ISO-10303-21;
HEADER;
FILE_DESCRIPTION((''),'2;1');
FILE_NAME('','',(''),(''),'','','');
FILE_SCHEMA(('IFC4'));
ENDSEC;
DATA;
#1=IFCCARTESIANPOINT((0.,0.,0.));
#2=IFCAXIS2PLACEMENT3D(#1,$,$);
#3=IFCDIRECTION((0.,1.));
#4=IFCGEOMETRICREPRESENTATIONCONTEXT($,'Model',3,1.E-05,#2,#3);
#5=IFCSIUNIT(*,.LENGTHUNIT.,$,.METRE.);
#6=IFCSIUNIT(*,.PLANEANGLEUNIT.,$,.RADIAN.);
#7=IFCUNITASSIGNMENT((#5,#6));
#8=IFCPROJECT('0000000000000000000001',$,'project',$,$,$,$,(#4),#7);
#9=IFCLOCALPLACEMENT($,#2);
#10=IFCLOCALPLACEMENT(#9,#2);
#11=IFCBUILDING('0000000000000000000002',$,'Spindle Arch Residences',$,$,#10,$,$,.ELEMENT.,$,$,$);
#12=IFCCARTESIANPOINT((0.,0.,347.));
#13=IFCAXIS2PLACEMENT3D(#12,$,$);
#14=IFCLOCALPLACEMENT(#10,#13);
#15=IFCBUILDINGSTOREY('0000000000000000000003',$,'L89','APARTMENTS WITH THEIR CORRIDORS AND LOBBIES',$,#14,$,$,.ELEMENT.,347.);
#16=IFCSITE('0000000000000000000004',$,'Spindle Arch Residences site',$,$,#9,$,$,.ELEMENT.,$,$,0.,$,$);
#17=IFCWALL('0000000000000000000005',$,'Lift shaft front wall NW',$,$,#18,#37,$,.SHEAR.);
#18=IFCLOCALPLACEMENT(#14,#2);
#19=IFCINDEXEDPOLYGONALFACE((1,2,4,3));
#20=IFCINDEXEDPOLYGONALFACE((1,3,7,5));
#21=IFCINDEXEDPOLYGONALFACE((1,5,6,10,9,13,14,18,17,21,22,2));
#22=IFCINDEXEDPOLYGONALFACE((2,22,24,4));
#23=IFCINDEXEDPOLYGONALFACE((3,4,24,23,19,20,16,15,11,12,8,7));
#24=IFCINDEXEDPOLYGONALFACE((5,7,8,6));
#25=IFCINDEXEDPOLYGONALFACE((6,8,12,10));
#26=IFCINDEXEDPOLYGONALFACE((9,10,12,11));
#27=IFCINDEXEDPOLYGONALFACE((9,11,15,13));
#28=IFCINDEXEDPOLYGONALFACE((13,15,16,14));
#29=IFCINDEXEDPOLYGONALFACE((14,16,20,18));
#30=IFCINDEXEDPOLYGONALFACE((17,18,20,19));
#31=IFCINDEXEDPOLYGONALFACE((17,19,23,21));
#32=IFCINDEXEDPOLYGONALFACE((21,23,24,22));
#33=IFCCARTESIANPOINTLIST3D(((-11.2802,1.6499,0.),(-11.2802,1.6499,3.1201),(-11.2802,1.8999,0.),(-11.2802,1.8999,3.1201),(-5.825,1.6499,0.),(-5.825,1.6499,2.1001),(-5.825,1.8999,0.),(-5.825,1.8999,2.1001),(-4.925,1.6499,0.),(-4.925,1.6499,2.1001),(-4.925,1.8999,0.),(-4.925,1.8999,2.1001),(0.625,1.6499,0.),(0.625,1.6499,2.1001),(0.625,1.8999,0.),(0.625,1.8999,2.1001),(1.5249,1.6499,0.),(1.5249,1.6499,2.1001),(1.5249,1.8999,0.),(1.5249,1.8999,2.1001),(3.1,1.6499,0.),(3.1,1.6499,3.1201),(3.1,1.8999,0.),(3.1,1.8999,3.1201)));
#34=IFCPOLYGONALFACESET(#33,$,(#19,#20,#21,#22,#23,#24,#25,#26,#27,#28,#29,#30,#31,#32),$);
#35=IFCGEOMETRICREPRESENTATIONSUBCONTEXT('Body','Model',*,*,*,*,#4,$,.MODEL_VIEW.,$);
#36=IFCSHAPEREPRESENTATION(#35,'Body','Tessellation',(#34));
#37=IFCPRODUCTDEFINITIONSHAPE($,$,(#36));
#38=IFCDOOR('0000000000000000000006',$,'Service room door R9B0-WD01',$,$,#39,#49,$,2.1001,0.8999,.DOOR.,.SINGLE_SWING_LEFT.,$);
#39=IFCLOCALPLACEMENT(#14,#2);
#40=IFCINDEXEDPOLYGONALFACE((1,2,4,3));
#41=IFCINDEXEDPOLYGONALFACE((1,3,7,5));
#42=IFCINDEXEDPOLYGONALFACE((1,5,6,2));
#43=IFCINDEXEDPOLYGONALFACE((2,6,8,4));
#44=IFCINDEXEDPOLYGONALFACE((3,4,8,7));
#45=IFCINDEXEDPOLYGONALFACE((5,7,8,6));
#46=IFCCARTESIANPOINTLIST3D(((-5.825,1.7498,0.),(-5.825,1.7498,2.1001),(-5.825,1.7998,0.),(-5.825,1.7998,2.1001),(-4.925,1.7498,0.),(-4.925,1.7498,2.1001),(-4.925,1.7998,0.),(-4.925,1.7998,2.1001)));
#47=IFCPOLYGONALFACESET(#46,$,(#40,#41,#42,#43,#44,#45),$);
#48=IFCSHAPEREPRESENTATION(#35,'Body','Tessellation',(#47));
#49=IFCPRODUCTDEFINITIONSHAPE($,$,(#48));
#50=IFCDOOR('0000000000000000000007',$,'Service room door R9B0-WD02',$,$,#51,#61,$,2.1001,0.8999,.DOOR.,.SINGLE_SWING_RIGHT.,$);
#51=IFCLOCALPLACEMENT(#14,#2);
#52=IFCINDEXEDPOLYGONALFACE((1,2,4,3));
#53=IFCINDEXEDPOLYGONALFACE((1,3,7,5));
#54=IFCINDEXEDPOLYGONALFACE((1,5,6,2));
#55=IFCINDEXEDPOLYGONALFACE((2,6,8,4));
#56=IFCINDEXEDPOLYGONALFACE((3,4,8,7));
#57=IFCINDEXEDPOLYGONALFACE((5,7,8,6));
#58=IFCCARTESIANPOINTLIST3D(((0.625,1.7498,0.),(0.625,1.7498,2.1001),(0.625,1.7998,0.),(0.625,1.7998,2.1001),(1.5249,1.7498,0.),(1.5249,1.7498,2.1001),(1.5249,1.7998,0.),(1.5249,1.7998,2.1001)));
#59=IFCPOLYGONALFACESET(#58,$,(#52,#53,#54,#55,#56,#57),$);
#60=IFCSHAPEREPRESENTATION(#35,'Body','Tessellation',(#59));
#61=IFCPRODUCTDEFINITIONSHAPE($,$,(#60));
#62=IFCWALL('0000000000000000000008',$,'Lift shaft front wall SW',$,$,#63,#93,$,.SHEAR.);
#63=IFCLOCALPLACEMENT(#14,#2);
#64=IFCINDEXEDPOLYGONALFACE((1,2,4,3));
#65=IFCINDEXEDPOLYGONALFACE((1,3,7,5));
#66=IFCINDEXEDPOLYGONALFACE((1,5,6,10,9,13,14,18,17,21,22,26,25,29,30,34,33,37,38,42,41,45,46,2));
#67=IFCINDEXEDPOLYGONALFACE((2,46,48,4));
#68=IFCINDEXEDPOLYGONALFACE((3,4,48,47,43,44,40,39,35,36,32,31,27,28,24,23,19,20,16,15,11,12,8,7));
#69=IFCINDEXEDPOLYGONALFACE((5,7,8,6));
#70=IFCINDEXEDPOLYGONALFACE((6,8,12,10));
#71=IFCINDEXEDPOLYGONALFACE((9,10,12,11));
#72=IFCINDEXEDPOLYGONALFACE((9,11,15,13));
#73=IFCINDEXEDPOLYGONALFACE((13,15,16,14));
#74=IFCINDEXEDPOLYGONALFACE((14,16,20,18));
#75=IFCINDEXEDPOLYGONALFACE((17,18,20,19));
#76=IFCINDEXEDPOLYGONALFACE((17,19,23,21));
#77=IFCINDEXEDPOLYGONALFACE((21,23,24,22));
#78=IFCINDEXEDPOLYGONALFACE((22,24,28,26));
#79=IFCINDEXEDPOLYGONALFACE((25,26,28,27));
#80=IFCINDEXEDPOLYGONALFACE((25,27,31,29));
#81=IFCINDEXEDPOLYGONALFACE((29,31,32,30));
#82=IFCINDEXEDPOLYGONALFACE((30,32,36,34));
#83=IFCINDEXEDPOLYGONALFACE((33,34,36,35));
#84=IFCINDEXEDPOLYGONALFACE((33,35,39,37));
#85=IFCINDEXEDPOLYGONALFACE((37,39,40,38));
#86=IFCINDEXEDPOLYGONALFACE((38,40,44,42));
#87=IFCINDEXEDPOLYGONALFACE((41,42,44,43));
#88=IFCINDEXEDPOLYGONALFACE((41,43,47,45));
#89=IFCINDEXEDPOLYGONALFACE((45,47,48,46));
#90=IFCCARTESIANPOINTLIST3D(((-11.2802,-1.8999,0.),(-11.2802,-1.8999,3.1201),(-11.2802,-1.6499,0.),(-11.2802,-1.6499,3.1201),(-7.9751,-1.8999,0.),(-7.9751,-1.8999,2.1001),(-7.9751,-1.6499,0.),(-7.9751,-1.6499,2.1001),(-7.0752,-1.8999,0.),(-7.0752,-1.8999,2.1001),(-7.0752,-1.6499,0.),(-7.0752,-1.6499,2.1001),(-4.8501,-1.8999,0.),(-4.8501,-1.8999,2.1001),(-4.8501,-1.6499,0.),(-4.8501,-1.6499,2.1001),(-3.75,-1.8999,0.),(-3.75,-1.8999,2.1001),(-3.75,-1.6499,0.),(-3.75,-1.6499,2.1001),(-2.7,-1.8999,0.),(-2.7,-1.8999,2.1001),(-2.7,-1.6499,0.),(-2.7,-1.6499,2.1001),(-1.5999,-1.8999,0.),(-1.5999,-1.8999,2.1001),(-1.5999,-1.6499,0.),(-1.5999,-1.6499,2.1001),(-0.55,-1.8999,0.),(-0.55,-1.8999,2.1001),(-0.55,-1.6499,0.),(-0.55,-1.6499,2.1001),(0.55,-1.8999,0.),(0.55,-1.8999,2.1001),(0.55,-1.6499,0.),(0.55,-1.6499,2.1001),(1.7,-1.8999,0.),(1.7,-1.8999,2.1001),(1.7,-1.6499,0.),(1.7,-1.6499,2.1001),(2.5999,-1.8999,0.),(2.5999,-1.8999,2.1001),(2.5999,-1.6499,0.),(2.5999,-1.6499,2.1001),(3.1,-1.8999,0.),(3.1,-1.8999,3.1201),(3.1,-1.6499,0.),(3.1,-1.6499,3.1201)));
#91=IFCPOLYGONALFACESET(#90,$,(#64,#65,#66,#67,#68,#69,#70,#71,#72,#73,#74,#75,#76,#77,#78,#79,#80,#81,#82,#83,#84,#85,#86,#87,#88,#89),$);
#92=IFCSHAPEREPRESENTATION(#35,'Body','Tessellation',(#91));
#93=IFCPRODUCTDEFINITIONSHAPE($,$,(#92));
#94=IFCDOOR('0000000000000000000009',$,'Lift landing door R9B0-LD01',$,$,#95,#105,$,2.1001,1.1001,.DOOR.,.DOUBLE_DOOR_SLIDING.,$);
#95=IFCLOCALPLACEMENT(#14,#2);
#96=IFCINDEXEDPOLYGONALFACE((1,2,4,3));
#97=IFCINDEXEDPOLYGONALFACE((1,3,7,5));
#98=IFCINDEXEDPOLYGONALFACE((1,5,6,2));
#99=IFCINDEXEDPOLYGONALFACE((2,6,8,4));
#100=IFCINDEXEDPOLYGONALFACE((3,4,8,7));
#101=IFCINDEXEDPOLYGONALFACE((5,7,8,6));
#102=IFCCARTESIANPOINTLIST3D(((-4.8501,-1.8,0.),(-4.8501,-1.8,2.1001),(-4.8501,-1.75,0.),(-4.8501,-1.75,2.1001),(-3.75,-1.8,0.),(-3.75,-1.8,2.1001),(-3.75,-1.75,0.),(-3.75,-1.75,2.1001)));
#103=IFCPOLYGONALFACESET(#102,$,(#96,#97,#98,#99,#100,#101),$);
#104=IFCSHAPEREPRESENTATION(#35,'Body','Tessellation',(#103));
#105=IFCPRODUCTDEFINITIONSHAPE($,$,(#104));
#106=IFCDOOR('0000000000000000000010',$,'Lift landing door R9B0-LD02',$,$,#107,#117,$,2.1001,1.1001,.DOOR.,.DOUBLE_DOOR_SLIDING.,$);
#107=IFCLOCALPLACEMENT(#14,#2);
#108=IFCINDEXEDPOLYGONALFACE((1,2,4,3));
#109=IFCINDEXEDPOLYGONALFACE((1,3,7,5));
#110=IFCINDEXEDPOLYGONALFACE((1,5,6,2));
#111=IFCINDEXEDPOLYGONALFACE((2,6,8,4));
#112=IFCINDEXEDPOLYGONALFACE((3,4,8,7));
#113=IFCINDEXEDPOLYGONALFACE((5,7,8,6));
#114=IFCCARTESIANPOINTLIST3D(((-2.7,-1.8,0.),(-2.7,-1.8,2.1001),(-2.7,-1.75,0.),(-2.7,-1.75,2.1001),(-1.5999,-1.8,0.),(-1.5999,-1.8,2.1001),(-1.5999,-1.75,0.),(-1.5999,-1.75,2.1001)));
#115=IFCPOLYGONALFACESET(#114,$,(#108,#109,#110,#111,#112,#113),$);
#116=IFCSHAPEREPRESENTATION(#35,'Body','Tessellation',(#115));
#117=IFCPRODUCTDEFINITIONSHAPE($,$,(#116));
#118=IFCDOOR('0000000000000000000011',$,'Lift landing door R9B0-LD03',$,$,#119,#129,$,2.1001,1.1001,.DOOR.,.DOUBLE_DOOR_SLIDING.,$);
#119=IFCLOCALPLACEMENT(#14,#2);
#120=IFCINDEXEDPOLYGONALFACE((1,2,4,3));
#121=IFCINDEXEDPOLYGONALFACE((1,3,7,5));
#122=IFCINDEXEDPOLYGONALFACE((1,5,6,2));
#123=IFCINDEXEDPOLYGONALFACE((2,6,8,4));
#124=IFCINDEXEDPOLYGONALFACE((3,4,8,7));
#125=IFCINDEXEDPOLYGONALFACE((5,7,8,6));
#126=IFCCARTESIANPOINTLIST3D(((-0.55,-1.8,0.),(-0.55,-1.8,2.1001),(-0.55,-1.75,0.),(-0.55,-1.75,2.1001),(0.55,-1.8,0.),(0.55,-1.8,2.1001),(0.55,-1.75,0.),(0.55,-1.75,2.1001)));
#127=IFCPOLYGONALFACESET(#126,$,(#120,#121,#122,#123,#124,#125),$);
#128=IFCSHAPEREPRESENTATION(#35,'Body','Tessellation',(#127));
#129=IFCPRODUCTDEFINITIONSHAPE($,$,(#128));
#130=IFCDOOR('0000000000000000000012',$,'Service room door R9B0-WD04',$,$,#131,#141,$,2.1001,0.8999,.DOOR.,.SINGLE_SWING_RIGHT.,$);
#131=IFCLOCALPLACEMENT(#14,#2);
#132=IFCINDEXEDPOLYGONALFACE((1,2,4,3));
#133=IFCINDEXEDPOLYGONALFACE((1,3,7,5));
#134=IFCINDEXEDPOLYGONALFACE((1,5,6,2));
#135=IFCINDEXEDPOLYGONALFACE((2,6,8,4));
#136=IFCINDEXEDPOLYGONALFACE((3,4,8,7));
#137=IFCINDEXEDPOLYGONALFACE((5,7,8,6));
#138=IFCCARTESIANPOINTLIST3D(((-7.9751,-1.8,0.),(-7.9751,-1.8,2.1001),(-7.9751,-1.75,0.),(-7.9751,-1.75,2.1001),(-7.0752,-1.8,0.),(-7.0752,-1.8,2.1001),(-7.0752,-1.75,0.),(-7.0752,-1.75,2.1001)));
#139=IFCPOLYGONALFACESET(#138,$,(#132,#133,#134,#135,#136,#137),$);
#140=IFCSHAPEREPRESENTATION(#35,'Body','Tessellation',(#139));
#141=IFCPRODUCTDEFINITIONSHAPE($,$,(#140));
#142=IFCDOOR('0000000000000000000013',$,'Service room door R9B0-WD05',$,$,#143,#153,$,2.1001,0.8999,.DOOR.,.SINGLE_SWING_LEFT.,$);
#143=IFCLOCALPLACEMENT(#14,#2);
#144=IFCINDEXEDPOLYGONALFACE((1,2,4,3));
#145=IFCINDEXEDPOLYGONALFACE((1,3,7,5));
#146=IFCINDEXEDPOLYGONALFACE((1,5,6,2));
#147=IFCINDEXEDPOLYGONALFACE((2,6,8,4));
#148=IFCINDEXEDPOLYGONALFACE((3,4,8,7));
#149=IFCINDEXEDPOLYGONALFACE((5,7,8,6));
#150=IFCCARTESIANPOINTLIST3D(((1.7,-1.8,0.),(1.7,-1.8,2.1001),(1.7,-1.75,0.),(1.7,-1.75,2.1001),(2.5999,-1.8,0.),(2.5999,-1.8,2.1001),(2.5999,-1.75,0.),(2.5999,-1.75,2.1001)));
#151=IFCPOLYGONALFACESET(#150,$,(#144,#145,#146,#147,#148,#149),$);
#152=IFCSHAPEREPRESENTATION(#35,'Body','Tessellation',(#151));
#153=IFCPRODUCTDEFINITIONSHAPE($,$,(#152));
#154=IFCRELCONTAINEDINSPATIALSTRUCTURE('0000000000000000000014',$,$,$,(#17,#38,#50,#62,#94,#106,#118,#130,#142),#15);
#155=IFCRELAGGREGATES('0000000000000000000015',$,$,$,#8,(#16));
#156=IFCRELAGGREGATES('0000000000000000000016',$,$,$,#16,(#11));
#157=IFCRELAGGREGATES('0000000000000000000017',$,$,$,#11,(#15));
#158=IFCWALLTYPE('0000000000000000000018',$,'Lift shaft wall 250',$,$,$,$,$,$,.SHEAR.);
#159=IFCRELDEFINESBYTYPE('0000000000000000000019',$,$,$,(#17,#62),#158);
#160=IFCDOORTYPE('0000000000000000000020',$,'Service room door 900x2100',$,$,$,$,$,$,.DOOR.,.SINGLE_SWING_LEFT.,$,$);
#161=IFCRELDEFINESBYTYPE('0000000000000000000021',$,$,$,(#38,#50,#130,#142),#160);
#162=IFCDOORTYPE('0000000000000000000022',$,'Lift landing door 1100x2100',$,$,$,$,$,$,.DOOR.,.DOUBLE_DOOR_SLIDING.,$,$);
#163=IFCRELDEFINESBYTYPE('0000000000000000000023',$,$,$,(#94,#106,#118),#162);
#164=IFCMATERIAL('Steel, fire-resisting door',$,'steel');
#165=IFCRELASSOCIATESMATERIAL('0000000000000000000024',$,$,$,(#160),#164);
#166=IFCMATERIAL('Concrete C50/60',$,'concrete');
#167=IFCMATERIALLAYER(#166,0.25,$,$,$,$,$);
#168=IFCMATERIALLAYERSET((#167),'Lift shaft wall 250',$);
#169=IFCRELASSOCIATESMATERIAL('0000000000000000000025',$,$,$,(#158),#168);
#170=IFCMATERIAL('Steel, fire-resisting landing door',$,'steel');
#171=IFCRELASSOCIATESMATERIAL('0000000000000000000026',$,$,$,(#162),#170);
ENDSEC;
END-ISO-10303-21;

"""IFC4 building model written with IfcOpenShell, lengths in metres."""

from ifc_helpers import new_model, si_unit, direction, frame, frame_2d, origin, place, context, subcontext, project, spatial, rectangle, extrude, material, layer, layer_set, type_object, element, fill, save


model = new_model("IFC4")

# Units and contexts
model_context = context("Model", 3, precision=1e-05, world=origin(), true_north=direction((0.0, 1.0)))
body_context = subcontext(model_context, "Body", "Model", "MODEL_VIEW")
ifc_project = project(units=[si_unit("LENGTHUNIT", "METRE"), si_unit("PLANEANGLEUNIT", "RADIAN")], contexts=[model_context])

# Site, building, storey
site_placement = place(None, origin())
site = spatial("IfcSite", under=ifc_project, at=site_placement, Name="Spindle Arch Residences site", CompositionType="ELEMENT", RefElevation=0.0)
building_placement = place(site_placement, origin())
building = spatial("IfcBuilding", under=site, at=building_placement, Name="Spindle Arch Residences", CompositionType="ELEMENT")
storey_placement = place(building_placement, frame((0.0, 0.0, 347.0)))
storey = spatial("IfcBuildingStorey", under=building, at=storey_placement, Name="L89", Description="APARTMENTS WITH THEIR CORRIDORS AND LOBBIES", CompositionType="ELEMENT", Elevation=347.0)

# Shared definitions
ifc_material_1 = material(Name="Steel, fire-resisting door", Category="steel")
door_type_1 = type_object("IfcDoorType", Name="Service room door 900x2100", OperationType="SINGLE_SWING_LEFT", PredefinedType="DOOR", material=ifc_material_1)

# Walls, openings, doors
ifc_material_2 = material(Name="Concrete C50/60", Category="concrete")
ifc_layer_1 = layer(ifc_material_2, 0.25)
ifc_layer_set_1 = layer_set([ifc_layer_1], Name="Lift shaft wall 250")
wall_type_1 = type_object("IfcWallType", Name="Lift shaft wall 250", PredefinedType="SHEAR", material=ifc_layer_set_1)
wall_1_placement = place(storey_placement, frame((-11.28, 1.7749, 0.0), z_axis=(0.0, 0.0, 1.0), x_axis=(1.0, 0.0, 0.0)))
wall_1 = element("IfcWall", 1, at=wall_1_placement, inside=storey, type_object=wall_type_1, Name="Lift shaft front wall NW", PredefinedType="SHEAR", context=body_context, shape_type="SweptSolid", body=[
    extrude(rectangle(XDim=14.3801, YDim=0.25, at=frame_2d((7.1899, 0.0))), origin(), (0.0, 0.0, 1.0), 3.1201),
])
opening_1_placement = place(wall_1_placement, frame((5.4551, 0.0, 0.0)))
opening_1 = element("IfcOpeningElement", 2, at=opening_1_placement, cuts=wall_1, PredefinedType="OPENING", context=body_context, shape_type="SweptSolid", body=[
    extrude(rectangle(XDim=0.8999, YDim=2.1001, at=frame_2d((0.45, 1.05))), frame((0.0, 0.135, 0.0), z_axis=(0.0, -1.0, 0.0), x_axis=(1.0, 0.0, 0.0)), (0.0, 0.0, 1.0), 0.27),
])
opening_2_placement = place(wall_1_placement, frame((11.905, 0.0, 0.0)))
opening_2 = element("IfcOpeningElement", 3, at=opening_2_placement, cuts=wall_1, PredefinedType="OPENING", context=body_context, shape_type="SweptSolid", body=[
    extrude(rectangle(XDim=0.8999, YDim=2.1001, at=frame_2d((0.45, 1.05))), frame((0.0, 0.135, 0.0), z_axis=(0.0, -1.0, 0.0), x_axis=(1.0, 0.0, 0.0)), (0.0, 0.0, 1.0), 0.27),
])
door_1_placement = place(opening_1_placement, origin())
door_1 = element("IfcDoor", 4, at=door_1_placement, inside=storey, type_object=door_type_1, Name="Service room door R9B0-WD01", OperationType="SINGLE_SWING_LEFT", OverallHeight=2.1001, OverallWidth=0.8999, PredefinedType="DOOR", context=body_context, shape_type="SweptSolid", body=[
    extrude(rectangle(XDim=0.8999, YDim=2.1001, at=frame_2d((0.45, 1.05))), frame((0.0, 0.0249, 0.0), z_axis=(0.0, -1.0, 0.0), x_axis=(1.0, 0.0, 0.0)), (0.0, 0.0, 1.0), 0.05),
])
fill(opening_1, door_1)
door_2_placement = place(opening_2_placement, origin())
door_2 = element("IfcDoor", 5, at=door_2_placement, inside=storey, type_object=door_type_1, Name="Service room door R9B0-WD02", OperationType="SINGLE_SWING_RIGHT", OverallHeight=2.1001, OverallWidth=0.8999, PredefinedType="DOOR", context=body_context, shape_type="SweptSolid", body=[
    extrude(rectangle(XDim=0.8999, YDim=2.1001, at=frame_2d((0.45, 1.05))), frame((0.0, 0.0249, 0.0), z_axis=(0.0, -1.0, 0.0), x_axis=(1.0, 0.0, 0.0)), (0.0, 0.0, 1.0), 0.05),
])
fill(opening_2, door_2)
wall_2_placement = place(storey_placement, frame((-11.28, -1.7749, 0.0), z_axis=(0.0, 0.0, 1.0), x_axis=(1.0, 0.0, 0.0)))
wall_2 = element("IfcWall", 6, at=wall_2_placement, inside=storey, type_object=wall_type_1, Name="Lift shaft front wall SW", PredefinedType="SHEAR", context=body_context, shape_type="SweptSolid", body=[
    extrude(rectangle(XDim=14.3801, YDim=0.25, at=frame_2d((7.1899, 0.0))), origin(), (0.0, 0.0, 1.0), 3.1201),
])
opening_3_placement = place(wall_2_placement, frame((6.4299, 0.0, 0.0)))
opening_3 = element("IfcOpeningElement", 7, at=opening_3_placement, cuts=wall_2, PredefinedType="OPENING", context=body_context, shape_type="SweptSolid", body=[
    extrude(rectangle(XDim=1.1001, YDim=2.1001, at=frame_2d((0.55, 1.05))), frame((0.0, 0.135, 0.0), z_axis=(0.0, -1.0, 0.0), x_axis=(1.0, 0.0, 0.0)), (0.0, 0.0, 1.0), 0.27),
])
opening_4_placement = place(wall_2_placement, frame((8.5801, 0.0, 0.0)))
opening_4 = element("IfcOpeningElement", 8, at=opening_4_placement, cuts=wall_2, PredefinedType="OPENING", context=body_context, shape_type="SweptSolid", body=[
    extrude(rectangle(XDim=1.1001, YDim=2.1001, at=frame_2d((0.55, 1.05))), frame((0.0, 0.135, 0.0), z_axis=(0.0, -1.0, 0.0), x_axis=(1.0, 0.0, 0.0)), (0.0, 0.0, 1.0), 0.27),
])
opening_5_placement = place(wall_2_placement, frame((10.73, 0.0, 0.0)))
opening_5 = element("IfcOpeningElement", 9, at=opening_5_placement, cuts=wall_2, PredefinedType="OPENING", context=body_context, shape_type="SweptSolid", body=[
    extrude(rectangle(XDim=1.1001, YDim=2.1001, at=frame_2d((0.55, 1.05))), frame((0.0, 0.135, 0.0), z_axis=(0.0, -1.0, 0.0), x_axis=(1.0, 0.0, 0.0)), (0.0, 0.0, 1.0), 0.27),
])
opening_6_placement = place(wall_2_placement, frame((3.3049, 0.0, 0.0)))
opening_6 = element("IfcOpeningElement", 10, at=opening_6_placement, cuts=wall_2, PredefinedType="OPENING", context=body_context, shape_type="SweptSolid", body=[
    extrude(rectangle(XDim=0.8999, YDim=2.1001, at=frame_2d((0.45, 1.05))), frame((0.0, 0.135, 0.0), z_axis=(0.0, -1.0, 0.0), x_axis=(1.0, 0.0, 0.0)), (0.0, 0.0, 1.0), 0.27),
])
opening_7_placement = place(wall_2_placement, frame((12.98, 0.0, 0.0)))
opening_7 = element("IfcOpeningElement", 11, at=opening_7_placement, cuts=wall_2, PredefinedType="OPENING", context=body_context, shape_type="SweptSolid", body=[
    extrude(rectangle(XDim=0.8999, YDim=2.1001, at=frame_2d((0.45, 1.05))), frame((0.0, 0.135, 0.0), z_axis=(0.0, -1.0, 0.0), x_axis=(1.0, 0.0, 0.0)), (0.0, 0.0, 1.0), 0.27),
])
ifc_material_3 = material(Name="Steel, fire-resisting landing door", Category="steel")
door_type_2 = type_object("IfcDoorType", Name="Lift landing door 1100x2100", OperationType="DOUBLE_DOOR_SLIDING", PredefinedType="DOOR", material=ifc_material_3)
door_3_placement = place(opening_3_placement, origin())
door_3 = element("IfcDoor", 12, at=door_3_placement, inside=storey, type_object=door_type_2, Name="Lift landing door R9B0-LD01", OperationType="DOUBLE_DOOR_SLIDING", OverallHeight=2.1001, OverallWidth=1.1001, PredefinedType="DOOR", context=body_context, shape_type="SweptSolid", body=[
    extrude(rectangle(XDim=1.1001, YDim=2.1001, at=frame_2d((0.55, 1.05))), frame((0.0, 0.0249, 0.0), z_axis=(0.0, -1.0, 0.0), x_axis=(1.0, 0.0, 0.0)), (0.0, 0.0, 1.0), 0.05),
])
fill(opening_3, door_3)
door_4_placement = place(opening_4_placement, origin())
door_4 = element("IfcDoor", 13, at=door_4_placement, inside=storey, type_object=door_type_2, Name="Lift landing door R9B0-LD02", OperationType="DOUBLE_DOOR_SLIDING", OverallHeight=2.1001, OverallWidth=1.1001, PredefinedType="DOOR", context=body_context, shape_type="SweptSolid", body=[
    extrude(rectangle(XDim=1.1001, YDim=2.1001, at=frame_2d((0.55, 1.05))), frame((0.0, 0.0249, 0.0), z_axis=(0.0, -1.0, 0.0), x_axis=(1.0, 0.0, 0.0)), (0.0, 0.0, 1.0), 0.05),
])
fill(opening_4, door_4)
door_5_placement = place(opening_5_placement, origin())
door_5 = element("IfcDoor", 14, at=door_5_placement, inside=storey, type_object=door_type_2, Name="Lift landing door R9B0-LD03", OperationType="DOUBLE_DOOR_SLIDING", OverallHeight=2.1001, OverallWidth=1.1001, PredefinedType="DOOR", context=body_context, shape_type="SweptSolid", body=[
    extrude(rectangle(XDim=1.1001, YDim=2.1001, at=frame_2d((0.55, 1.05))), frame((0.0, 0.0249, 0.0), z_axis=(0.0, -1.0, 0.0), x_axis=(1.0, 0.0, 0.0)), (0.0, 0.0, 1.0), 0.05),
])
fill(opening_5, door_5)
door_6_placement = place(opening_6_placement, origin())
door_6 = element("IfcDoor", 15, at=door_6_placement, inside=storey, type_object=door_type_1, Name="Service room door R9B0-WD04", OperationType="SINGLE_SWING_RIGHT", OverallHeight=2.1001, OverallWidth=0.8999, PredefinedType="DOOR", context=body_context, shape_type="SweptSolid", body=[
    extrude(rectangle(XDim=0.8999, YDim=2.1001, at=frame_2d((0.45, 1.05))), frame((0.0, 0.0249, 0.0), z_axis=(0.0, -1.0, 0.0), x_axis=(1.0, 0.0, 0.0)), (0.0, 0.0, 1.0), 0.05),
])
fill(opening_6, door_6)
door_7_placement = place(opening_7_placement, origin())
door_7 = element("IfcDoor", 16, at=door_7_placement, inside=storey, type_object=door_type_1, Name="Service room door R9B0-WD05", OperationType="SINGLE_SWING_LEFT", OverallHeight=2.1001, OverallWidth=0.8999, PredefinedType="DOOR", context=body_context, shape_type="SweptSolid", body=[
    extrude(rectangle(XDim=0.8999, YDim=2.1001, at=frame_2d((0.45, 1.05))), frame((0.0, 0.0249, 0.0), z_axis=(0.0, -1.0, 0.0), x_axis=(1.0, 0.0, 0.0)), (0.0, 0.0, 1.0), 0.05),
])
fill(opening_7, door_7)

save(model, "model.ifc")
